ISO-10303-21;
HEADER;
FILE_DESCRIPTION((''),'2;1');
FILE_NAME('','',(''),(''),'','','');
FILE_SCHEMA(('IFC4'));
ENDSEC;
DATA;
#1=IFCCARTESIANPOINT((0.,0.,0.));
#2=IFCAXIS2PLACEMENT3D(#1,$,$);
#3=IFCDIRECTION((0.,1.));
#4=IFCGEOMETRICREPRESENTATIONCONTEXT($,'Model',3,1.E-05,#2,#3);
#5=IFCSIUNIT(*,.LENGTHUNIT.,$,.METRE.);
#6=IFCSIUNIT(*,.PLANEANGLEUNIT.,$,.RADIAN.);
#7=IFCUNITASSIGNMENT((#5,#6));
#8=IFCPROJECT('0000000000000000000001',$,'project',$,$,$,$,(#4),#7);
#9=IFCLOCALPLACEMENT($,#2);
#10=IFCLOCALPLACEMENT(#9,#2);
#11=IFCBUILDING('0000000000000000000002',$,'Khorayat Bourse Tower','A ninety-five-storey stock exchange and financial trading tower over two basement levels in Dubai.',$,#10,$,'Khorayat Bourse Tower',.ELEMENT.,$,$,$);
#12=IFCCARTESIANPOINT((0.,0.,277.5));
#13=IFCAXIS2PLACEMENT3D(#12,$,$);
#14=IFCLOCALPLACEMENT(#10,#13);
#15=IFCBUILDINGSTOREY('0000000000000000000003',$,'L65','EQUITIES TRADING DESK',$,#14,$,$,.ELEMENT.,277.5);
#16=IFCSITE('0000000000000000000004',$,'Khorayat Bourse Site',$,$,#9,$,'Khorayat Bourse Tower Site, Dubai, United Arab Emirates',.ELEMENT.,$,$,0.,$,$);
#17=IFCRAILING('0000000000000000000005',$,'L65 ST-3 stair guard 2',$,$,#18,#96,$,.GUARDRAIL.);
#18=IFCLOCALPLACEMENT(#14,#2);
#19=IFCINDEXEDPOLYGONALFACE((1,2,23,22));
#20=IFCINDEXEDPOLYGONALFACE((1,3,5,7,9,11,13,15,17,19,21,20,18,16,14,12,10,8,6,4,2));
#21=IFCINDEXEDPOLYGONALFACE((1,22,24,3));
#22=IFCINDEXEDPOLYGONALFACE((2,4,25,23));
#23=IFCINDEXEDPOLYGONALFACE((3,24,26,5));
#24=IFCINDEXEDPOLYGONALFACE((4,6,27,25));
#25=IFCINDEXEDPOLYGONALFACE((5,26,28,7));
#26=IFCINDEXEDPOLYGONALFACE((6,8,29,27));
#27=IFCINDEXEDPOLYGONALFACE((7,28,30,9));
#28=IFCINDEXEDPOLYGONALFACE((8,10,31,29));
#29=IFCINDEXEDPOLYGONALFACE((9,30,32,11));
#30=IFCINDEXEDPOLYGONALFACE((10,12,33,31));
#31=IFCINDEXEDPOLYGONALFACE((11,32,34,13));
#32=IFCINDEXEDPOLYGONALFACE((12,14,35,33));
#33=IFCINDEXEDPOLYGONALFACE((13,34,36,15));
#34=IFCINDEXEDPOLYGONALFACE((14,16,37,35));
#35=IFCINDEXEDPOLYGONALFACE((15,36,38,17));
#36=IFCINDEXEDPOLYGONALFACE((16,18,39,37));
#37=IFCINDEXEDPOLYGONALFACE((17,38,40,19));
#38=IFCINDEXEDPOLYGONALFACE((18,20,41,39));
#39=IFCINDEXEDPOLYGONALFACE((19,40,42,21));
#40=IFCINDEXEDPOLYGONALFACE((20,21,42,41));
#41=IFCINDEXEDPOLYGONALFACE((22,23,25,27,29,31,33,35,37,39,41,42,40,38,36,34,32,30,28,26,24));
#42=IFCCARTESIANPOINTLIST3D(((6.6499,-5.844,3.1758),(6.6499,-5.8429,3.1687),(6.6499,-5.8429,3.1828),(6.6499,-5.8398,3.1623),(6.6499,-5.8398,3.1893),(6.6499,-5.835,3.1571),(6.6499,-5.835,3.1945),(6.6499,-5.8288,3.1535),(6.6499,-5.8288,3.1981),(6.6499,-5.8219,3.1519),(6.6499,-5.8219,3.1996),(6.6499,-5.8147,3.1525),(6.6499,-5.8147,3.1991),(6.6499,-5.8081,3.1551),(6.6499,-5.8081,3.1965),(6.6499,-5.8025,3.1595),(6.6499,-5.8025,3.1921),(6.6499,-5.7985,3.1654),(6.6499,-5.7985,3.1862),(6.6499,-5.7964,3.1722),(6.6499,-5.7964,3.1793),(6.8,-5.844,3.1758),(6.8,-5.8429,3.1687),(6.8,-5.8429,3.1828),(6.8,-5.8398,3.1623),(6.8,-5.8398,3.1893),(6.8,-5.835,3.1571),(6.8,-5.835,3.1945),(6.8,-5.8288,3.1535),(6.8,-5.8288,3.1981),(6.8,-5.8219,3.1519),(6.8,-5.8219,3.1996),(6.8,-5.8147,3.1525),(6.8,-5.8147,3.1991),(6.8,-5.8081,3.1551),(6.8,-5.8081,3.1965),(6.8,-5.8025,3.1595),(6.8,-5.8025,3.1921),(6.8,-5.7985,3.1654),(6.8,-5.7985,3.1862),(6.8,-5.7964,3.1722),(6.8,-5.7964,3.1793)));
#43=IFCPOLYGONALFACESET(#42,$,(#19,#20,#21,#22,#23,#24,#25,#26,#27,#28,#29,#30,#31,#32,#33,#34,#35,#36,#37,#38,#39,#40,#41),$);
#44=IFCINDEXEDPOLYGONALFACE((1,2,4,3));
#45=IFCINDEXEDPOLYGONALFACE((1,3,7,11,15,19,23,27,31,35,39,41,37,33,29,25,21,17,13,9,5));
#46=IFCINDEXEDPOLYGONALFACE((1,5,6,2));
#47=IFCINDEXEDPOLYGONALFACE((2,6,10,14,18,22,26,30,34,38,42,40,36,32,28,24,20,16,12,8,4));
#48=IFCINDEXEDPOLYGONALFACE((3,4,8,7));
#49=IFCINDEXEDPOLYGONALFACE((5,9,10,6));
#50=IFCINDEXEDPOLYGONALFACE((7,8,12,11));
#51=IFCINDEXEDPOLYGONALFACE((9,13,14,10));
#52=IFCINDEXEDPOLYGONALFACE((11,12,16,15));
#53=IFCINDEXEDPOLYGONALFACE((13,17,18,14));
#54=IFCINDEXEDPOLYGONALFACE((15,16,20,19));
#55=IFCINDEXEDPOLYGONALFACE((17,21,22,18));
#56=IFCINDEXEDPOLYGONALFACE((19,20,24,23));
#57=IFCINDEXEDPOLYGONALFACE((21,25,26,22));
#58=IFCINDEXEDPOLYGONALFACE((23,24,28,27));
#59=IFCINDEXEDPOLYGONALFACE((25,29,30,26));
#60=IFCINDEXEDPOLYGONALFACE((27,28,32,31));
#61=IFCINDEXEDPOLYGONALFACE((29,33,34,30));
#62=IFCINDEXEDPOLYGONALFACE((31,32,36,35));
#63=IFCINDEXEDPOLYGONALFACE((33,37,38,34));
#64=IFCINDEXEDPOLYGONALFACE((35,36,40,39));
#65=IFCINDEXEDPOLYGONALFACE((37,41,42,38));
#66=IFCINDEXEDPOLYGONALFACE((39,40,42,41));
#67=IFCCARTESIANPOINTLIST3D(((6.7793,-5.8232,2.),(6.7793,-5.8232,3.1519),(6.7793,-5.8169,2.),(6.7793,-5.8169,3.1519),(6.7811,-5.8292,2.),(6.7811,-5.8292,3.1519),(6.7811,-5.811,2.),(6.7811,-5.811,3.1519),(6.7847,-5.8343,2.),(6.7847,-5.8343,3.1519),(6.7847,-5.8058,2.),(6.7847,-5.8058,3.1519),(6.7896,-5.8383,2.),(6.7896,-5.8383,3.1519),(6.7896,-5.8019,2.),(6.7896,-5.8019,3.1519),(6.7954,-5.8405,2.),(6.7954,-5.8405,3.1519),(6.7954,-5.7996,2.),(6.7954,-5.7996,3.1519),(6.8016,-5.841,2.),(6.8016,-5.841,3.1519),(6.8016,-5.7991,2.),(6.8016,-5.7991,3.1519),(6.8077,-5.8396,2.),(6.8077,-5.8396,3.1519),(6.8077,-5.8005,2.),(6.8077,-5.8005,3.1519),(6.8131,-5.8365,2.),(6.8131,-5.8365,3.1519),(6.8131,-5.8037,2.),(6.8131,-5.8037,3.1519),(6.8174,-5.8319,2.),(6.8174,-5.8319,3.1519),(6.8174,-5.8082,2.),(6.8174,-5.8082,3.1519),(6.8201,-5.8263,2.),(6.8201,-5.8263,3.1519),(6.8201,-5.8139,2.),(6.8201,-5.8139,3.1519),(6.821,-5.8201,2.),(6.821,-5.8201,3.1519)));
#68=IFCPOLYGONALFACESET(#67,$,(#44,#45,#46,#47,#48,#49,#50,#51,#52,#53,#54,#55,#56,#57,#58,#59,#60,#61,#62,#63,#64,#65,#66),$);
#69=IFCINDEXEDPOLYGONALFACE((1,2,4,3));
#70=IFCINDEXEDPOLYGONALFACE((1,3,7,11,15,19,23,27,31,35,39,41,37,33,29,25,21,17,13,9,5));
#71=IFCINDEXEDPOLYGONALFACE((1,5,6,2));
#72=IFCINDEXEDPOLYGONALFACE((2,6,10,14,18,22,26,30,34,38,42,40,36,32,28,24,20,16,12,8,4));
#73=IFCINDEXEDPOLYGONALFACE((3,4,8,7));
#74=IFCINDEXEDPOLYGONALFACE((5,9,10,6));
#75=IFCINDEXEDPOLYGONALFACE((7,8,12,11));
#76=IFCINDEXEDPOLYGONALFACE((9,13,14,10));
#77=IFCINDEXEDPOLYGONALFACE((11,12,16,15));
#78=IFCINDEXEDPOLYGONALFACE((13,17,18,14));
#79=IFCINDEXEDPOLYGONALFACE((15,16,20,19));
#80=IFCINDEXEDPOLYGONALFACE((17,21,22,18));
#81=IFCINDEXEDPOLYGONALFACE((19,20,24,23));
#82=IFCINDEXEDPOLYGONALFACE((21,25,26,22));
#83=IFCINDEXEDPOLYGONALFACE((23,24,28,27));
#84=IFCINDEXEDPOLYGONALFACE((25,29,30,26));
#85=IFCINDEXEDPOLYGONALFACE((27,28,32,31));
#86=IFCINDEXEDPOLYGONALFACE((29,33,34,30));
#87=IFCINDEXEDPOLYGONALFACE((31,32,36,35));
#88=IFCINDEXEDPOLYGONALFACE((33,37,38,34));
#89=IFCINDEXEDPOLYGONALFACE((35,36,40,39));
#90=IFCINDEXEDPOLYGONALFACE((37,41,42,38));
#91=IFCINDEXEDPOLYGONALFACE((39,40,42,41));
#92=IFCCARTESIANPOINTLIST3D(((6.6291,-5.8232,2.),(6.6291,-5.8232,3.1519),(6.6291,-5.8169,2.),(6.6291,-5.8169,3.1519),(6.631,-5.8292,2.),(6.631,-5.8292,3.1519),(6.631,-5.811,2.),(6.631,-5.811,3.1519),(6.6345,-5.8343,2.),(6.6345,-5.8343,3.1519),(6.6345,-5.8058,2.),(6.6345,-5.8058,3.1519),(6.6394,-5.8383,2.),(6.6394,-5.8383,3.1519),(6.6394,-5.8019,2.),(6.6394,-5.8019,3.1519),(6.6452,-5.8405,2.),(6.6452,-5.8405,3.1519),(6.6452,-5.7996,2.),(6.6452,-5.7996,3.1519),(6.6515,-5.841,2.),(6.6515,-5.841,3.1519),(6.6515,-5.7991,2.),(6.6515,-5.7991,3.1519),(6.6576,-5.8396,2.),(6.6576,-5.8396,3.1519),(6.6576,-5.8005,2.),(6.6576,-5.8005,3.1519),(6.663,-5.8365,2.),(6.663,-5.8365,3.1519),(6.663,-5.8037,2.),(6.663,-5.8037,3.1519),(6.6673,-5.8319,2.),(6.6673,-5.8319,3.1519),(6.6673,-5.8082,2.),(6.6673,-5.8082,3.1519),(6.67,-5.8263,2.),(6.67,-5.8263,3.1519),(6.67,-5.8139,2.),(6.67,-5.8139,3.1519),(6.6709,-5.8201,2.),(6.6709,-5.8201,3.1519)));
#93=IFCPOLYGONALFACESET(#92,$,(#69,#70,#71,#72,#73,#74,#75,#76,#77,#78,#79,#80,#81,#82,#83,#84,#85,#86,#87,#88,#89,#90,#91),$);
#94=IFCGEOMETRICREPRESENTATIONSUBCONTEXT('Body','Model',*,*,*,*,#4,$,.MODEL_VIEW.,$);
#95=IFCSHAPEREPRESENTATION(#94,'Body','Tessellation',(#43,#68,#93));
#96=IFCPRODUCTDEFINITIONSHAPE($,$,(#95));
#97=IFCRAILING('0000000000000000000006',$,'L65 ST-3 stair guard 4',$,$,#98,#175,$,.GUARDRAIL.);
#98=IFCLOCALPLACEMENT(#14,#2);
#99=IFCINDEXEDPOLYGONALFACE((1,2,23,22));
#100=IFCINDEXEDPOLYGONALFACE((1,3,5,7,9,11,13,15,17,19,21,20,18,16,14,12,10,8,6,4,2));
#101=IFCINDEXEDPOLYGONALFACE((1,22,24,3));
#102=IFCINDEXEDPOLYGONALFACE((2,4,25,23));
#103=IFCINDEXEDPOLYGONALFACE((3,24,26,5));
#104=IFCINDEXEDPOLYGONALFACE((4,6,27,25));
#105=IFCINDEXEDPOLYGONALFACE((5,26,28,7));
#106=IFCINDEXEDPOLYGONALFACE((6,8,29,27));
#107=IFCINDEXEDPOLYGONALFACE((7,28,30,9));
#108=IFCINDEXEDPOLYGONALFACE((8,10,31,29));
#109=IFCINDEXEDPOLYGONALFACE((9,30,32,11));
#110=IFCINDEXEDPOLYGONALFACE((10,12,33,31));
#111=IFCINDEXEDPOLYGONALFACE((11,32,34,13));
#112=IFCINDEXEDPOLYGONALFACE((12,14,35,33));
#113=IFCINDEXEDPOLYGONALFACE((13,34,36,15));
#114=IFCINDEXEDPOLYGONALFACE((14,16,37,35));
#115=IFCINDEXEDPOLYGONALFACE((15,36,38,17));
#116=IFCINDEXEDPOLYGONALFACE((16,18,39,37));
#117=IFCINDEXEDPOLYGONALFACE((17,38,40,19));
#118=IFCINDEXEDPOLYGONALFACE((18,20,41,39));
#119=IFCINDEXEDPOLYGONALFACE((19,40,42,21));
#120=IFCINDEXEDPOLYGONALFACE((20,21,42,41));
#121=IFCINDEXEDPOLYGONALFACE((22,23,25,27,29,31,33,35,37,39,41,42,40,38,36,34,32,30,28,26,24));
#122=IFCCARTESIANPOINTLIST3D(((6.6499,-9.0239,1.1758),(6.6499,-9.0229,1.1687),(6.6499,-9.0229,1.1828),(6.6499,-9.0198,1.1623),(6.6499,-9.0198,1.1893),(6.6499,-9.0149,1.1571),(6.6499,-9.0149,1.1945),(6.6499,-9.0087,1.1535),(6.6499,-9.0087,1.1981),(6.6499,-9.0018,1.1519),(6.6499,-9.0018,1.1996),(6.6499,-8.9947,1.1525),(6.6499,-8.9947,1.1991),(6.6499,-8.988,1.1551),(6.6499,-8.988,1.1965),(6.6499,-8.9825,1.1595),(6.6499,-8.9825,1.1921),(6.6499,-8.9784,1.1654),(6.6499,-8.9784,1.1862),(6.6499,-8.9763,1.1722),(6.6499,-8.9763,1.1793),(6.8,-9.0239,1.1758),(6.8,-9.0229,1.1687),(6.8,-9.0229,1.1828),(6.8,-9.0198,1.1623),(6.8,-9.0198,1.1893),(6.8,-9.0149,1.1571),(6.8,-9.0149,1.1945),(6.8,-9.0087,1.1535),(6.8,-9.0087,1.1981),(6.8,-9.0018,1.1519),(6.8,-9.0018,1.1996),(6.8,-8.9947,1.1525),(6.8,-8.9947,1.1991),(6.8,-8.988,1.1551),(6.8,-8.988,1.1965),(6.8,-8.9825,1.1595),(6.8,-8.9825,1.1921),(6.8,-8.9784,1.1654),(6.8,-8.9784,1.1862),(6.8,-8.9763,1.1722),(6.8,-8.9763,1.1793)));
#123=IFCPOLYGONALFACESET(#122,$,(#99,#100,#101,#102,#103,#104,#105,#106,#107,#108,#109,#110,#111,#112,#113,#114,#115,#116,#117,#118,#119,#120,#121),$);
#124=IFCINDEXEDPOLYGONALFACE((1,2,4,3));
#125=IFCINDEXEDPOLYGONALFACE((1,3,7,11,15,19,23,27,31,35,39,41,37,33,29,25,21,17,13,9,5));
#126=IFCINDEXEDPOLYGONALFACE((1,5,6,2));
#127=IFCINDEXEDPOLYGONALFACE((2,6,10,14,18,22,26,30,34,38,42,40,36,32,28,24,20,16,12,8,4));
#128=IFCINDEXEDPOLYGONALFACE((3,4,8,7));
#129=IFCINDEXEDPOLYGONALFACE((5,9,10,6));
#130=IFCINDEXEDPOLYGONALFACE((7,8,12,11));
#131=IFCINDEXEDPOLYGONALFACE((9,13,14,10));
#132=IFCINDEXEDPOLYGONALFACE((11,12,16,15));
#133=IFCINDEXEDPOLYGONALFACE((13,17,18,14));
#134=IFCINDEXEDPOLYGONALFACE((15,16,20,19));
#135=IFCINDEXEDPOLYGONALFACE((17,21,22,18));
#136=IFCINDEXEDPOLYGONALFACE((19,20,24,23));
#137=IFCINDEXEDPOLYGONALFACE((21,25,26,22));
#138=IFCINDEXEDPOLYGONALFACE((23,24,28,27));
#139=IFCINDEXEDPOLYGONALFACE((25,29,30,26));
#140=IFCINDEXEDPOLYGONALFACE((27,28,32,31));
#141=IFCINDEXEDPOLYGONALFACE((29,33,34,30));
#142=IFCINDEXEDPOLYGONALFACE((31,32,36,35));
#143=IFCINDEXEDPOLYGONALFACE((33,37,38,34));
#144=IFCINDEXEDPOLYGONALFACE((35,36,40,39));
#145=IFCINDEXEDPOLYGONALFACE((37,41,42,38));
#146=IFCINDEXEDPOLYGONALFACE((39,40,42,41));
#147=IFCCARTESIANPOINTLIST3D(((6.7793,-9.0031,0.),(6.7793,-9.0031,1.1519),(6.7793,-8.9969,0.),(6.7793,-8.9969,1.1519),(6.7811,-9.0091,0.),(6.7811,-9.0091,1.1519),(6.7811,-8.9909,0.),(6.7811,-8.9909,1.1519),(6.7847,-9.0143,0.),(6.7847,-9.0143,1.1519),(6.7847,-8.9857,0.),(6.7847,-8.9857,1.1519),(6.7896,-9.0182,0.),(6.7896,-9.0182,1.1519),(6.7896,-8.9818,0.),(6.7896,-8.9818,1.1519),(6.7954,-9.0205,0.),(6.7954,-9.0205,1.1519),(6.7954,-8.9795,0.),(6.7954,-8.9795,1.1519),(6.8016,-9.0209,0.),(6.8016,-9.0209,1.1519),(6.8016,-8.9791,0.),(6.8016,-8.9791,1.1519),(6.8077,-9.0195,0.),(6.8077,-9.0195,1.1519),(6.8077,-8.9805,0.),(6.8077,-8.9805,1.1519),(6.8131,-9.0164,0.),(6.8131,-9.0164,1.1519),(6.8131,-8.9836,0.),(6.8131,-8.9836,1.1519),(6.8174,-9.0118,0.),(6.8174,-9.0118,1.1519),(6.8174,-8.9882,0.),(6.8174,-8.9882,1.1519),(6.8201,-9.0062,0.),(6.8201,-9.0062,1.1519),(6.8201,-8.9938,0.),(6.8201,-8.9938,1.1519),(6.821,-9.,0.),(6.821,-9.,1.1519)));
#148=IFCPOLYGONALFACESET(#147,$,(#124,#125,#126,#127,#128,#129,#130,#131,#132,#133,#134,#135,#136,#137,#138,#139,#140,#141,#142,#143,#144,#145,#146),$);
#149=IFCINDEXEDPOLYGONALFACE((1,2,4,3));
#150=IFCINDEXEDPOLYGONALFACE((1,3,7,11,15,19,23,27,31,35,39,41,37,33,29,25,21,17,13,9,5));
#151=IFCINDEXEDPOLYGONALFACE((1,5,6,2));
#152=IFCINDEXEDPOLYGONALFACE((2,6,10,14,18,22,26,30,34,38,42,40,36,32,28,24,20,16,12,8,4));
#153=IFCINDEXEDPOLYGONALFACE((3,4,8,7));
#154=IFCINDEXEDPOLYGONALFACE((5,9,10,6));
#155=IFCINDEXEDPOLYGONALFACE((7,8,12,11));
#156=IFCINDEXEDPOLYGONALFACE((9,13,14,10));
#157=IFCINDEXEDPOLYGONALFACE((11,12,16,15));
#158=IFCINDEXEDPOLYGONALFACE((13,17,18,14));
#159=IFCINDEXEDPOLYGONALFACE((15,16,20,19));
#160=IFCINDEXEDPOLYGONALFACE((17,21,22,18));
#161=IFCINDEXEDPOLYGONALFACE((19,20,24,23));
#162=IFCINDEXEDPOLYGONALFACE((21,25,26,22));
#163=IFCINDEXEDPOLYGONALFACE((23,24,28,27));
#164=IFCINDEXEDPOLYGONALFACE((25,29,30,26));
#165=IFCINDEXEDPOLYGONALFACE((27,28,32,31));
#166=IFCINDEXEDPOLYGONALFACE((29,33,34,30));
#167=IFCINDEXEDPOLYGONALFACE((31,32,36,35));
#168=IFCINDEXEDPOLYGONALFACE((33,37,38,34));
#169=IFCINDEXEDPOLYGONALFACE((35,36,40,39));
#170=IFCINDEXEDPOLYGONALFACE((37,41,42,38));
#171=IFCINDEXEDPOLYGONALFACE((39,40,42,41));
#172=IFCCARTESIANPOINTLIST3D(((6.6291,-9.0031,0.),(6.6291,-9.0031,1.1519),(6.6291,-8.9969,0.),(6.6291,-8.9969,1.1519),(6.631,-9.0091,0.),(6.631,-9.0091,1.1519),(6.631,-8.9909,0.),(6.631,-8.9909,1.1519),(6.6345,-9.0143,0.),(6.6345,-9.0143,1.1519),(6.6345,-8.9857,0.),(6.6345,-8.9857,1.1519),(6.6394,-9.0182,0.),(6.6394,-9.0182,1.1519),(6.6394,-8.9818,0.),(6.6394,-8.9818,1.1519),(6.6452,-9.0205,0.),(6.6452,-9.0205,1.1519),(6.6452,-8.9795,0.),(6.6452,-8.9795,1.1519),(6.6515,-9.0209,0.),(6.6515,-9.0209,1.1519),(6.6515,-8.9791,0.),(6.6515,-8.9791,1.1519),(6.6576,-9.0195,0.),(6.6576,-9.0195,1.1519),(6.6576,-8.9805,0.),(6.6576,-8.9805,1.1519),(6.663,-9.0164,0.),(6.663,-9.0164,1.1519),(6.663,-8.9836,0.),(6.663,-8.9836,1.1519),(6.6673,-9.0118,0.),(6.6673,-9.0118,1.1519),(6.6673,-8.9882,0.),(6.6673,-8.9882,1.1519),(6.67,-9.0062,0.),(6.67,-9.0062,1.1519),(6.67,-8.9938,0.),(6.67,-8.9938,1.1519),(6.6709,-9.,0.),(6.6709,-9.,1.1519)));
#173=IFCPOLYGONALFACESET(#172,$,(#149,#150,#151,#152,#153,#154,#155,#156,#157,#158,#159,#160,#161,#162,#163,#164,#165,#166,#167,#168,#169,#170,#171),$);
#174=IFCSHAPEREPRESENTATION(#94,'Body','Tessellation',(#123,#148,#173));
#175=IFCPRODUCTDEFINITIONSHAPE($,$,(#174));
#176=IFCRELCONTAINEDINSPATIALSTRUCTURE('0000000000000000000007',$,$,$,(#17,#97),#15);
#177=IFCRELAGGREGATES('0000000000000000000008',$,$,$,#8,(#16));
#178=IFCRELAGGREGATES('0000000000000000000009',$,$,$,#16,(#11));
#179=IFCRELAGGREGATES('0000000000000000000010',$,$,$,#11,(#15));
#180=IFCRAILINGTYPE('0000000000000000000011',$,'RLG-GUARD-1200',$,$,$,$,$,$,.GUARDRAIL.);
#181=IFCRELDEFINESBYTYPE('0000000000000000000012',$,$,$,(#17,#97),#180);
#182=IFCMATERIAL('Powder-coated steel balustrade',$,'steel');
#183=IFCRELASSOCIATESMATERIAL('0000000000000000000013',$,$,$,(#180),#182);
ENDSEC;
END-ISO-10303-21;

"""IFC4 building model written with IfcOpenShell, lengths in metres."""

from ifc_helpers import new_model, si_unit, direction, frame, origin, origin_2d, place, context, subcontext, project, spatial, circle, extrude, source, transform, mapped, material, type_object, element, save


model = new_model("IFC4")

# Units and contexts
model_context = context("Model", 3, precision=1e-05, world=origin(), true_north=direction((0.0, 1.0)))
body_context = subcontext(model_context, "Body", "Model", "MODEL_VIEW")
ifc_project = project(units=[si_unit("LENGTHUNIT", "METRE"), si_unit("PLANEANGLEUNIT", "RADIAN")], contexts=[model_context])

# Site, building, storey
site_placement = place(None, origin())
site = spatial("IfcSite", under=ifc_project, at=site_placement, Name="Khorayat Bourse Site", LongName="Khorayat Bourse Tower Site, Dubai, United Arab Emirates", CompositionType="ELEMENT", RefElevation=0.0)
building_placement = place(site_placement, origin())
building = spatial("IfcBuilding", under=site, at=building_placement, Name="Khorayat Bourse Tower", Description="A ninety-five-storey stock exchange and financial trading tower over two basement levels in Dubai.", LongName="Khorayat Bourse Tower", CompositionType="ELEMENT")
storey_placement = place(building_placement, frame((0.0, 0.0, 277.5)))
storey = spatial("IfcBuildingStorey", under=building, at=storey_placement, Name="L65", Description="EQUITIES TRADING DESK", CompositionType="ELEMENT", Elevation=277.5)

# Railings
ifc_material_1 = material(Name="Powder-coated steel balustrade", Category="steel")
railing_type_1 = type_object("IfcRailingType", Name="RLG-GUARD-1200", PredefinedType="GUARDRAIL", material=ifc_material_1)
shared_shape_1 = source(origin(), body_context, "Body", "SweptSolid", [
    extrude(circle(Radius=0.0239, at=origin_2d()), frame((0.0, 0.0, 1.1758), z_axis=(-1.0, 0.0, 0.0), x_axis=(0.0, -1.0, 0.0)), (0.0, 0.0, 1.0), 0.1501),
    extrude(circle(Radius=0.021, at=origin_2d()), origin(), (0.0, 0.0, 1.0), 1.1519),
    extrude(circle(Radius=0.021, at=origin_2d()), frame((-0.1501, 0.0, 0.0)), (0.0, 0.0, 1.0), 1.1519),
])
for number, where, name in (
    (1, (6.8, -5.8201, 2.0), "L65 ST-3 stair guard 2"),
    (2, (6.8, -9.0, 0.0), "L65 ST-3 stair guard 4"),
):
    element("IfcRailing", number, at=place(storey_placement, frame(where)), inside=storey, type_object=railing_type_1, Name=name, PredefinedType="GUARDRAIL", context=body_context, shape_type="MappedRepresentation", body=[
        mapped(shared_shape_1, transform((0.0, 0.0, 0.0), scale=1.0)),
    ])

save(model, "model.ifc")
